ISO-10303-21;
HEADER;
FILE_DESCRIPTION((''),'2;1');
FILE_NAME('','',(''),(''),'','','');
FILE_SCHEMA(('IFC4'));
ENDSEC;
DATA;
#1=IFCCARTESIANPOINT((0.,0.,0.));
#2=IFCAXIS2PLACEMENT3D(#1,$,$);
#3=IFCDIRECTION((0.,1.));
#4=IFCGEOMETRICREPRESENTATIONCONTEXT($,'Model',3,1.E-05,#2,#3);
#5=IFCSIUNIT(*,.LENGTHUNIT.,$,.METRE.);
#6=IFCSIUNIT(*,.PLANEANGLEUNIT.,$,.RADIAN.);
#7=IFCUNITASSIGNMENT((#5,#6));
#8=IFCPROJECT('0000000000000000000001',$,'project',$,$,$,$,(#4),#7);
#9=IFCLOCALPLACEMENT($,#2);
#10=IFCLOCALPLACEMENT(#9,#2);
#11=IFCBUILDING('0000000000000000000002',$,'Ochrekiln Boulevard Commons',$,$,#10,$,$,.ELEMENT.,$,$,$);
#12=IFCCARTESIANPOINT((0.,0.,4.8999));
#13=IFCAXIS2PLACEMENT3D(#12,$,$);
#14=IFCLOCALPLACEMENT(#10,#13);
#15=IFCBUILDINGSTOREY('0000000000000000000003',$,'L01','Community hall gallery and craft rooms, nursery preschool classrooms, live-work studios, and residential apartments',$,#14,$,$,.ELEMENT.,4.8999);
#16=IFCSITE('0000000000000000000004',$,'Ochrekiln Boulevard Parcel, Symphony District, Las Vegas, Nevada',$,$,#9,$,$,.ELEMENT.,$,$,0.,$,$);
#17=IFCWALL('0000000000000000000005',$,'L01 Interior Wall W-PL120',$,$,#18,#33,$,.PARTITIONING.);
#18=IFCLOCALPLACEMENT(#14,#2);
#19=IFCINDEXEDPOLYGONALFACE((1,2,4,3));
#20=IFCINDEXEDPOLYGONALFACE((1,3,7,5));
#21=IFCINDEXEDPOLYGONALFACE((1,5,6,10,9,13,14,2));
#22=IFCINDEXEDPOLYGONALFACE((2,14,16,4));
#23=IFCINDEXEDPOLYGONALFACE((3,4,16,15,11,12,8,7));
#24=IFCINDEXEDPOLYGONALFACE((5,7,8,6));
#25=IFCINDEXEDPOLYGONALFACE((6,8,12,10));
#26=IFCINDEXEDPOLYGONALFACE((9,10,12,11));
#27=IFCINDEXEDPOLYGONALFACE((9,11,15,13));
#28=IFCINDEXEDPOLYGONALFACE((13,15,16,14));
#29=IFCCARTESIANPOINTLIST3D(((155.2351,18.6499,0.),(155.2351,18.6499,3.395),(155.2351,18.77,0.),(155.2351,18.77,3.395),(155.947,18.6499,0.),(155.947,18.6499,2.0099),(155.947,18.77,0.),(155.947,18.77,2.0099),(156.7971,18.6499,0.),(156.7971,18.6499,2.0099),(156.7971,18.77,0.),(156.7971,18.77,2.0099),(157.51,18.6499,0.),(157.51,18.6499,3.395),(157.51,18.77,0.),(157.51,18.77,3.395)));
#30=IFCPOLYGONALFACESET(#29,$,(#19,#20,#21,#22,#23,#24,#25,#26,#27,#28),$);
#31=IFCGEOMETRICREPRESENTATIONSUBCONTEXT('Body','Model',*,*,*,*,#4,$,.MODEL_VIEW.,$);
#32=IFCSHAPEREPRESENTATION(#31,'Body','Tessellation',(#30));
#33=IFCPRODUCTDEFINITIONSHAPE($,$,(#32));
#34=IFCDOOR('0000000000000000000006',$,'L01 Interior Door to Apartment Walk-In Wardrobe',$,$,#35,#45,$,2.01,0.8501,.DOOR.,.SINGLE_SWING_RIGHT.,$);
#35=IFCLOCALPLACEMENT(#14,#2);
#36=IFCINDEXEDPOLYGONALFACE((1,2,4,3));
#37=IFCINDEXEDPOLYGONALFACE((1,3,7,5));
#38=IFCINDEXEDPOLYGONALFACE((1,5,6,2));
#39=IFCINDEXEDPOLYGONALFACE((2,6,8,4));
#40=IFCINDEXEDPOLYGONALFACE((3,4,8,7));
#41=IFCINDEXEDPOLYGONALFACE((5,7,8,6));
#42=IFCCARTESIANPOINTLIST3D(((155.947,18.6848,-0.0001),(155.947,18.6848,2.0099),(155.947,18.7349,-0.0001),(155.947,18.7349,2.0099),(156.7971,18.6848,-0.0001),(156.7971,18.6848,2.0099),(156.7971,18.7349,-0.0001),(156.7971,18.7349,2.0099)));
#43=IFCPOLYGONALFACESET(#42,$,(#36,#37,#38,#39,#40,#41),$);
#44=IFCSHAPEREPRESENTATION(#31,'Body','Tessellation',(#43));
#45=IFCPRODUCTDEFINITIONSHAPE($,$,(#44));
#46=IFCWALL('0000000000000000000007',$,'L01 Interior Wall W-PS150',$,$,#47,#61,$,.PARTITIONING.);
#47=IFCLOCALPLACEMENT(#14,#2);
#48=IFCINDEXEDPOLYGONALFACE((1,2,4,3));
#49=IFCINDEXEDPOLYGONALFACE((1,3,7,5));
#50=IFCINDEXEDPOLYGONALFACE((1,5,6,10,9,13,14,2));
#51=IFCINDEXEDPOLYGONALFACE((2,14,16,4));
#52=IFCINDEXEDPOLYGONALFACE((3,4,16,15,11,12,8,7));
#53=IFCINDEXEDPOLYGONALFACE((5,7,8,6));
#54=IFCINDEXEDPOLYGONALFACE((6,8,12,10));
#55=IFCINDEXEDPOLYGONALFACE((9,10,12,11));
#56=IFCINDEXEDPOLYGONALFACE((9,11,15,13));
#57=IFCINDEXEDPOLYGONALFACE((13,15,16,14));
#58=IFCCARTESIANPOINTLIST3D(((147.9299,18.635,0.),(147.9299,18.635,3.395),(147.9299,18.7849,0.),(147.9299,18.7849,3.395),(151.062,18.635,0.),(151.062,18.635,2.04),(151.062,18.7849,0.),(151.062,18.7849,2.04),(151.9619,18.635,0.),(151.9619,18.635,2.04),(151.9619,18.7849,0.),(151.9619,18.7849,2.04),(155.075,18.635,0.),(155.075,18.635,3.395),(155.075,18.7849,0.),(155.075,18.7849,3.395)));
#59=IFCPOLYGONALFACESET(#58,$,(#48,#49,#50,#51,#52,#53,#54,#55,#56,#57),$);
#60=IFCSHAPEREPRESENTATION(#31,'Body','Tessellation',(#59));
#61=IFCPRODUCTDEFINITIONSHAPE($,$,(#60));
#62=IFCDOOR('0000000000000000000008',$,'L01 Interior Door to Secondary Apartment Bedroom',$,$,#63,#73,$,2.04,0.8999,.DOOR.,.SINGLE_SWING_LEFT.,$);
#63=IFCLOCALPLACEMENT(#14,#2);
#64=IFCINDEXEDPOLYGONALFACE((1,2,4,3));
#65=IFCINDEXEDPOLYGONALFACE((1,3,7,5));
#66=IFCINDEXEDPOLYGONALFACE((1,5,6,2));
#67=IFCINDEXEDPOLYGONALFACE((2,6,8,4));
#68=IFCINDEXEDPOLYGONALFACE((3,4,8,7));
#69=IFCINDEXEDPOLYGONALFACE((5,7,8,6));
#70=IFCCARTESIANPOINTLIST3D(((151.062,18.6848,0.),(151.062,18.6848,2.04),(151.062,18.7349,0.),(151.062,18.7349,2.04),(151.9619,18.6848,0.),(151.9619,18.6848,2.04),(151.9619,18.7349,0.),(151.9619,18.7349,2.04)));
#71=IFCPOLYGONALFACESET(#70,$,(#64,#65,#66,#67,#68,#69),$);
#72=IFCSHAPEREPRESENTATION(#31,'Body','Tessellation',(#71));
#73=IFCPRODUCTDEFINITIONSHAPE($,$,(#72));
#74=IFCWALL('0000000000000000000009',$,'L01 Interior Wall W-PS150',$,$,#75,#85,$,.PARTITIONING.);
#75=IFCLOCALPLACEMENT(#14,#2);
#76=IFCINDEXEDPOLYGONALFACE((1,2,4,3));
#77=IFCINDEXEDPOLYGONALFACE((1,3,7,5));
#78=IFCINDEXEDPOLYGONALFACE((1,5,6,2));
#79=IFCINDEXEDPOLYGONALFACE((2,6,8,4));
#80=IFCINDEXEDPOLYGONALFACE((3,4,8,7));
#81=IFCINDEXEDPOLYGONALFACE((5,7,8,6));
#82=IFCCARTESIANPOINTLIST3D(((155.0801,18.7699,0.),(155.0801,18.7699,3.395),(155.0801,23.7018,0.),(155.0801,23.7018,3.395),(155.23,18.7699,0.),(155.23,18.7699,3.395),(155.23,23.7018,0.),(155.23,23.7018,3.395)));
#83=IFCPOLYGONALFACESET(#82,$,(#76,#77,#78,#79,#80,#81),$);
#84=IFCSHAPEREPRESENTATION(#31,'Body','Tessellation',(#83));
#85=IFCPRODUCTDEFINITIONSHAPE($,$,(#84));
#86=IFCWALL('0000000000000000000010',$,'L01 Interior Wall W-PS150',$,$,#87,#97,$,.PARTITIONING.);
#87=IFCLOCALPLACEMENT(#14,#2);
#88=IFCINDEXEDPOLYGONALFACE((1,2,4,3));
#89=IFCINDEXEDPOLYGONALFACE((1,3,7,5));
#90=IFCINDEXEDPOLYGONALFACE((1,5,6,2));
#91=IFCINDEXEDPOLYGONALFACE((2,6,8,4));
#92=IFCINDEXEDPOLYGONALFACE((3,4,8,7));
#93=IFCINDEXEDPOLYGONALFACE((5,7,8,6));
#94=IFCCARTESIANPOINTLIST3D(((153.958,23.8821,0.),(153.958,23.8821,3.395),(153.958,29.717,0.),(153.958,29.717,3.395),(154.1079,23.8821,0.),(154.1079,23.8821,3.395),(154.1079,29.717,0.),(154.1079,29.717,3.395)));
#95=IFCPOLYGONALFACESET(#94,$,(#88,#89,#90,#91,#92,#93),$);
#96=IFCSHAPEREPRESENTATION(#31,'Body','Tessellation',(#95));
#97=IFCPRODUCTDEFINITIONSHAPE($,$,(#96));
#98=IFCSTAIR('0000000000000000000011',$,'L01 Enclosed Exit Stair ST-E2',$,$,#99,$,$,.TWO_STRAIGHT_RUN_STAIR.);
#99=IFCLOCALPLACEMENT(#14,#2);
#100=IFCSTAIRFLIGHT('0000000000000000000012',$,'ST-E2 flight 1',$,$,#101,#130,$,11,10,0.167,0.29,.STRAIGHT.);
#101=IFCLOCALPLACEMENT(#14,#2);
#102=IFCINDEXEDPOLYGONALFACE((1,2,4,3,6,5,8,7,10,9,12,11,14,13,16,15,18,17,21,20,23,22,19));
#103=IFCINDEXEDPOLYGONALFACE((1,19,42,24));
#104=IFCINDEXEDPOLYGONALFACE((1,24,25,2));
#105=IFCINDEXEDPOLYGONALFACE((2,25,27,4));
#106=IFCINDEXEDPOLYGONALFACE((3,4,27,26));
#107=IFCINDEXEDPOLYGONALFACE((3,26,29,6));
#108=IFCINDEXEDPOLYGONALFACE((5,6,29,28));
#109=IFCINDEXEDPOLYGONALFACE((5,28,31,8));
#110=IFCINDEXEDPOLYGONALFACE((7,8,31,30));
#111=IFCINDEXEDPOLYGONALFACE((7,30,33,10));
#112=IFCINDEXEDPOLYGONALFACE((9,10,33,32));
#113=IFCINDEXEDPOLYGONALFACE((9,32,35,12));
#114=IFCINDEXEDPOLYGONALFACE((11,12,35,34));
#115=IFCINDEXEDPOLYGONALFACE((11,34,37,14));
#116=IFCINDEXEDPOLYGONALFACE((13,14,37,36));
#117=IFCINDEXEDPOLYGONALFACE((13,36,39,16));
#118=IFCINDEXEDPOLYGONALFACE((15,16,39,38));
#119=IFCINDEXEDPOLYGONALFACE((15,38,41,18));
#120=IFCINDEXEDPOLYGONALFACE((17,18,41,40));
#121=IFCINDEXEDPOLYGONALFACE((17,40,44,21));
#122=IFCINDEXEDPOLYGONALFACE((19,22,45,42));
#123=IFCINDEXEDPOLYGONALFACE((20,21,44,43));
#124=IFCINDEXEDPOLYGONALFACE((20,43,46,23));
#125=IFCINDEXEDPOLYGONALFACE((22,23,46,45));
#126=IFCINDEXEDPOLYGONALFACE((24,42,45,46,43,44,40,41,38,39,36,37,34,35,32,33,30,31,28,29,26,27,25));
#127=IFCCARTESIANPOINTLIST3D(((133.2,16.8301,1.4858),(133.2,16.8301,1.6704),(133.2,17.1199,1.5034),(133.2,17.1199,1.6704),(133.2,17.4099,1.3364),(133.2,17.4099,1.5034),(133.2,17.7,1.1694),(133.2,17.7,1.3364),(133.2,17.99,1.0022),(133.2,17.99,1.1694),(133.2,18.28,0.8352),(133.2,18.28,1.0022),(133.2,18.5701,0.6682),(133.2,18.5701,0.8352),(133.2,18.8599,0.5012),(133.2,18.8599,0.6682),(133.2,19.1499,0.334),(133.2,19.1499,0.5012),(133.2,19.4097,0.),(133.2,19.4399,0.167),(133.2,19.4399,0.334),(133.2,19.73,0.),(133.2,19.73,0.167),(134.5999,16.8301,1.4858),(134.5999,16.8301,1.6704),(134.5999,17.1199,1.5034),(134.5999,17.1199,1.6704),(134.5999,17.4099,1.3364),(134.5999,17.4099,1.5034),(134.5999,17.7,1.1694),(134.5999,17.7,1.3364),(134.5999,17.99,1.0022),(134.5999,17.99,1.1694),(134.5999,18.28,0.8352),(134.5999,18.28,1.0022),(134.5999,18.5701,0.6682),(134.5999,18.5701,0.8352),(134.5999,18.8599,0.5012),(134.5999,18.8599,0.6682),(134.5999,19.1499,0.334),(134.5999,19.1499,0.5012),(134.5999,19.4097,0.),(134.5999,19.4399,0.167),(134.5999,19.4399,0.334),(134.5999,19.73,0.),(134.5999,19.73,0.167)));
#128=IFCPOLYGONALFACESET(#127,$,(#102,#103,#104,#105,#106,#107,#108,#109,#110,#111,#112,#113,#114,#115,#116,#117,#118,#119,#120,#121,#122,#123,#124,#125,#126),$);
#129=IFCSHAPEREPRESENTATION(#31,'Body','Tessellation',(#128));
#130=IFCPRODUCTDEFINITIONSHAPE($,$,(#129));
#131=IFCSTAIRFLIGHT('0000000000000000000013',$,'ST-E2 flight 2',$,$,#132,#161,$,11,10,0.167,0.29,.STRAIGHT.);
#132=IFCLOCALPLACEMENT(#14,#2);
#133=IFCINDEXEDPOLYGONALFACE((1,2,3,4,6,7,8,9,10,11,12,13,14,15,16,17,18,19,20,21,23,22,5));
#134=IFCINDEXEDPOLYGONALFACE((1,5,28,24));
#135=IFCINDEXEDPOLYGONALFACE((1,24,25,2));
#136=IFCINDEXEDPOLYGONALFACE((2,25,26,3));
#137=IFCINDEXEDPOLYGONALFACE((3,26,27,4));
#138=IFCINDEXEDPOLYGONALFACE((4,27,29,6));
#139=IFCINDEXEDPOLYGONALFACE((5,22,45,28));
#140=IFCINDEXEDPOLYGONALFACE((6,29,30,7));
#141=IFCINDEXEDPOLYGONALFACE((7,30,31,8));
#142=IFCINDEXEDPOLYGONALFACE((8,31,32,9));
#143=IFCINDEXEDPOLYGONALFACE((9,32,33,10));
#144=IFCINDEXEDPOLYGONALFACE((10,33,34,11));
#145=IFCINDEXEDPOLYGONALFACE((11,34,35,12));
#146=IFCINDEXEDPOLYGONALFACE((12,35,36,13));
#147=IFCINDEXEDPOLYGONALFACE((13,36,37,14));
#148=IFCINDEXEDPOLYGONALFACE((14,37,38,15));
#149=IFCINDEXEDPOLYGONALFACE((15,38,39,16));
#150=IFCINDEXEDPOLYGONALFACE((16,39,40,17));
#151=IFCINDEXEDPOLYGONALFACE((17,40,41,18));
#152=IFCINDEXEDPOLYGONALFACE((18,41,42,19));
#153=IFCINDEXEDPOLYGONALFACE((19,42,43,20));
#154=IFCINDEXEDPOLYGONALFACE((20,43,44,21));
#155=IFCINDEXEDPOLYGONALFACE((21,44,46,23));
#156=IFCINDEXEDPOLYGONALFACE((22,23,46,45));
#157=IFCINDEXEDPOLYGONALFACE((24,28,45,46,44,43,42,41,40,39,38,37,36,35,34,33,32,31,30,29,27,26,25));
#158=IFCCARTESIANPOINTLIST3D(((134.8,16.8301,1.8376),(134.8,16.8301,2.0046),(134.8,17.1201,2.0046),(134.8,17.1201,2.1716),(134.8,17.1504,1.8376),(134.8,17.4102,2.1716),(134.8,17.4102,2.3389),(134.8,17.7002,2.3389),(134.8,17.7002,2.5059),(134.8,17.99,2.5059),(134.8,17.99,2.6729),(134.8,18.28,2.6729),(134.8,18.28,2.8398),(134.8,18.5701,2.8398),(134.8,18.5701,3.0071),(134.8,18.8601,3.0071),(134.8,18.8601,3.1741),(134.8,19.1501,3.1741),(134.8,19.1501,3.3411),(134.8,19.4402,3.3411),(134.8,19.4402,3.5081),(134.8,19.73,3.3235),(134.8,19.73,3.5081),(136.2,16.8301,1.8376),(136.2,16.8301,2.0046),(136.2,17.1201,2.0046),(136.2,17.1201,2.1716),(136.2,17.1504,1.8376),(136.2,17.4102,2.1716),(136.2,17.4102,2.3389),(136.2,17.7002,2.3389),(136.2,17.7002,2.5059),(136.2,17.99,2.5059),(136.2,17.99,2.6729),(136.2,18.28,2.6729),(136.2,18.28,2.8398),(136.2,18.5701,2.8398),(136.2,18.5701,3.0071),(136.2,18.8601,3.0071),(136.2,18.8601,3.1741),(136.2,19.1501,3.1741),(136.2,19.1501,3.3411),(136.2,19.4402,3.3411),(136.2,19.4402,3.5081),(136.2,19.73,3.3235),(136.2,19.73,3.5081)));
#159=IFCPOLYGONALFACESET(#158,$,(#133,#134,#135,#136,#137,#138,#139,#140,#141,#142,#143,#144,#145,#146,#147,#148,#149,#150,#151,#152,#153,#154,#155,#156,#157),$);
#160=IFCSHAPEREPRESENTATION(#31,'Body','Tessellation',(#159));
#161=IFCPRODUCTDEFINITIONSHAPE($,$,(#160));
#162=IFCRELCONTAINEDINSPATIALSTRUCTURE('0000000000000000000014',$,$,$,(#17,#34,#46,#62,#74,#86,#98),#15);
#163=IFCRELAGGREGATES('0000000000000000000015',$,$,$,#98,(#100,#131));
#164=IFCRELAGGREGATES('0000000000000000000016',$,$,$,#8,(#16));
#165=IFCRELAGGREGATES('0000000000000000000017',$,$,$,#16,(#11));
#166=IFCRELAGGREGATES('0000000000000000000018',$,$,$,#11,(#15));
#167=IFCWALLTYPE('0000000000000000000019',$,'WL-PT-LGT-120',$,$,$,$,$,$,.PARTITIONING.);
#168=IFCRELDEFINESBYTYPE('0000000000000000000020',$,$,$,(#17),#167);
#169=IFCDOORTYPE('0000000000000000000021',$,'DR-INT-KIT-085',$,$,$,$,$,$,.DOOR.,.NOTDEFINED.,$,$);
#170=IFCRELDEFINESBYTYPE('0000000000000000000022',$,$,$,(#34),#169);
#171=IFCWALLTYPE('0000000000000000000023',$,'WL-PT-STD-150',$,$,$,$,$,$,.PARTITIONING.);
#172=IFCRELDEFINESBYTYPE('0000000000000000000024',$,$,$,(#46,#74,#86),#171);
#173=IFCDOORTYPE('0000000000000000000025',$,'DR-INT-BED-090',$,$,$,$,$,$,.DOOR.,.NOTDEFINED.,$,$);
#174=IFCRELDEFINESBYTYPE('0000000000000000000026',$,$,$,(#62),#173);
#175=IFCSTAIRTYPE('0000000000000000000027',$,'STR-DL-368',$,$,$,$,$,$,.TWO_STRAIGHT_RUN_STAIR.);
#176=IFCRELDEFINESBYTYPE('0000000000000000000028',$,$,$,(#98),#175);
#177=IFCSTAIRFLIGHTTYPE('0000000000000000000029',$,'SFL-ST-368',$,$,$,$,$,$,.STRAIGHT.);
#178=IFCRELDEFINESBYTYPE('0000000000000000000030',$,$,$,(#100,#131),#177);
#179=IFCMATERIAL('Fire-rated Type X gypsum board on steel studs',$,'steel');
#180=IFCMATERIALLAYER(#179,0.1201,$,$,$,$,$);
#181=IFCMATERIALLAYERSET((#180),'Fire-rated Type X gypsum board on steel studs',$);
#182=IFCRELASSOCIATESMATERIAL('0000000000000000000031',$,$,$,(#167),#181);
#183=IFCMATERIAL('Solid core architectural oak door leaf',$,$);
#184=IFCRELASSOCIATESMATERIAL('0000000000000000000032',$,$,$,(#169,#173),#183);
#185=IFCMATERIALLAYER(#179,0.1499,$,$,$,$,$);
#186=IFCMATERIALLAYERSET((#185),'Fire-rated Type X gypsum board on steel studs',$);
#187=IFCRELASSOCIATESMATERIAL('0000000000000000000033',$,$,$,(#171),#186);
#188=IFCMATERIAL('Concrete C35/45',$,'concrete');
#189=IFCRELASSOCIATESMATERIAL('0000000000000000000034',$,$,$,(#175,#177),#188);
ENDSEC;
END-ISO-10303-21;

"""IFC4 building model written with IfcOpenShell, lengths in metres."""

from ifc_helpers import new_model, si_unit, direction, frame, frame_2d, origin, place, context, subcontext, project, spatial, polyline, rectangle, outline, extrude, material, layer, layer_set, type_object, element, fill, aggregate, save


model = new_model("IFC4")

# Units and contexts
model_context = context("Model", 3, precision=1e-05, world=origin(), true_north=direction((0.0, 1.0)))
body_context = subcontext(model_context, "Body", "Model", "MODEL_VIEW")
ifc_project = project(units=[si_unit("LENGTHUNIT", "METRE"), si_unit("PLANEANGLEUNIT", "RADIAN")], contexts=[model_context])

# Site, building, storey
site_placement = place(None, origin())
site = spatial("IfcSite", under=ifc_project, at=site_placement, Name="Ochrekiln Boulevard Parcel, Symphony District, Las Vegas, Nevada", CompositionType="ELEMENT", RefElevation=0.0)
building_placement = place(site_placement, origin())
building = spatial("IfcBuilding", under=site, at=building_placement, Name="Ochrekiln Boulevard Commons", CompositionType="ELEMENT")
storey_placement = place(building_placement, frame((0.0, 0.0, 4.8999)))
storey = spatial("IfcBuildingStorey", under=building, at=storey_placement, Name="L01", Description="Community hall gallery and craft rooms, nursery preschool classrooms, live-work studios, and residential apartments", CompositionType="ELEMENT", Elevation=4.8999)

# Shared definitions
ifc_material_1 = material(Name="Concrete C35/45", Category="concrete")

# Shared definitions
ifc_material_2 = material(Name="Fire-rated Type X gypsum board on steel studs", Category="steel")
ifc_material_3 = material(Name="Solid core architectural oak door leaf")

# Walls, openings, doors
ifc_layer_1 = layer(ifc_material_2, 0.1201)
ifc_layer_set_1 = layer_set([ifc_layer_1], Name="Fire-rated Type X gypsum board on steel studs")
wall_type_1 = type_object("IfcWallType", Name="WL-PT-LGT-120", PredefinedType="PARTITIONING", material=ifc_layer_set_1)
wall_1_placement = place(storey_placement, frame((155.2351, 18.71, 0.0), z_axis=(0.0, 0.0, 1.0), x_axis=(1.0, 0.0, 0.0)))
wall_1 = element("IfcWall", 1, at=wall_1_placement, inside=storey, type_object=wall_type_1, Name="L01 Interior Wall W-PL120", PredefinedType="PARTITIONING", context=body_context, shape_type="SweptSolid", body=[
    extrude(rectangle(XDim=2.2749, YDim=0.1201, at=frame_2d((1.1375, 0.0))), origin(), (0.0, 0.0, 1.0), 3.395),
])
opening_1_placement = place(wall_1_placement, frame((0.7119, 0.0, 0.0)))
opening_1 = element("IfcOpeningElement", 2, at=opening_1_placement, cuts=wall_1, PredefinedType="OPENING", context=body_context, shape_type="SweptSolid", body=[
    extrude(rectangle(XDim=0.8501, YDim=2.01, at=frame_2d((0.425, 1.0049))), frame((0.0, 0.0701, 0.0), z_axis=(0.0, -1.0, 0.0), x_axis=(1.0, 0.0, 0.0)), (0.0, 0.0, 1.0), 0.1401),
])
door_type_1 = type_object("IfcDoorType", Name="DR-INT-KIT-085", OperationType="NOTDEFINED", PredefinedType="DOOR", material=ifc_material_3)
door_1_placement = place(opening_1_placement, origin())
door_1 = element("IfcDoor", 3, at=door_1_placement, inside=storey, type_object=door_type_1, Name="L01 Interior Door to Apartment Walk-In Wardrobe", OperationType="SINGLE_SWING_RIGHT", OverallHeight=2.01, OverallWidth=0.8501, PredefinedType="DOOR", context=body_context, shape_type="SweptSolid", body=[
    extrude(rectangle(XDim=0.8501, YDim=2.01, at=frame_2d((0.425, 1.0049))), frame((0.0, 0.0249, 0.0), z_axis=(0.0, -1.0, 0.0), x_axis=(1.0, 0.0, 0.0)), (0.0, 0.0, 1.0), 0.05),
])
fill(opening_1, door_1)
ifc_layer_2 = layer(ifc_material_2, 0.1499)
ifc_layer_set_2 = layer_set([ifc_layer_2], Name="Fire-rated Type X gypsum board on steel studs")
wall_type_2 = type_object("IfcWallType", Name="WL-PT-STD-150", PredefinedType="PARTITIONING", material=ifc_layer_set_2)
wall_2_placement = place(storey_placement, frame((147.9299, 18.71, 0.0), z_axis=(0.0, 0.0, 1.0), x_axis=(1.0, 0.0, 0.0)))
wall_2 = element("IfcWall", 4, at=wall_2_placement, inside=storey, type_object=wall_type_2, Name="L01 Interior Wall W-PS150", PredefinedType="PARTITIONING", context=body_context, shape_type="SweptSolid", body=[
    extrude(rectangle(XDim=7.145, YDim=0.1499, at=frame_2d((3.5725, 0.0))), origin(), (0.0, 0.0, 1.0), 3.395),
])
opening_2_placement = place(wall_2_placement, frame((3.1321, 0.0, 0.0)))
opening_2 = element("IfcOpeningElement", 5, at=opening_2_placement, cuts=wall_2, PredefinedType="OPENING", context=body_context, shape_type="SweptSolid", body=[
    extrude(rectangle(XDim=0.8999, YDim=2.04, at=frame_2d((0.45, 1.02))), frame((0.0, 0.085, 0.0), z_axis=(0.0, -1.0, 0.0), x_axis=(1.0, 0.0, 0.0)), (0.0, 0.0, 1.0), 0.1699),
])
door_type_2 = type_object("IfcDoorType", Name="DR-INT-BED-090", OperationType="NOTDEFINED", PredefinedType="DOOR", material=ifc_material_3)
door_2_placement = place(opening_2_placement, origin())
door_2 = element("IfcDoor", 6, at=door_2_placement, inside=storey, type_object=door_type_2, Name="L01 Interior Door to Secondary Apartment Bedroom", OperationType="SINGLE_SWING_LEFT", OverallHeight=2.04, OverallWidth=0.8999, PredefinedType="DOOR", context=body_context, shape_type="SweptSolid", body=[
    extrude(rectangle(XDim=0.8999, YDim=2.04, at=frame_2d((0.45, 1.02))), frame((0.0, 0.0249, 0.0), z_axis=(0.0, -1.0, 0.0), x_axis=(1.0, 0.0, 0.0)), (0.0, 0.0, 1.0), 0.05),
])
fill(opening_2, door_2)

# Walls
wall_3_placement = place(storey_placement, frame((155.155, 18.77, 0.0), z_axis=(0.0, 0.0, 1.0), x_axis=(0.0, 1.0, 0.0)))
element("IfcWall", 7, at=wall_3_placement, inside=storey, type_object=wall_type_2, Name="L01 Interior Wall W-PS150", PredefinedType="PARTITIONING", context=body_context, shape_type="SweptSolid", body=[
    extrude(rectangle(XDim=4.9319, YDim=0.1499, at=frame_2d((2.4658, 0.0))), origin(), (0.0, 0.0, 1.0), 3.395),
])
wall_4_placement = place(storey_placement, frame((154.033, 23.8821, 0.0), z_axis=(0.0, 0.0, 1.0), x_axis=(0.0, 1.0, 0.0)))
element("IfcWall", 8, at=wall_4_placement, inside=storey, type_object=wall_type_2, Name="L01 Interior Wall W-PS150", PredefinedType="PARTITIONING", context=body_context, shape_type="SweptSolid", body=[
    extrude(rectangle(XDim=5.835, YDim=0.1499, at=frame_2d((2.9175, 0.0))), origin(), (0.0, 0.0, 1.0), 3.395),
])

# Stair, stair flights
stair_type = type_object("IfcStairType", Name="STR-DL-368", PredefinedType="TWO_STRAIGHT_RUN_STAIR", material=ifc_material_1)
stair_placement = place(storey_placement, origin())
stair = element("IfcStair", 9, at=stair_placement, inside=storey, type_object=stair_type, Name="L01 Enclosed Exit Stair ST-E2", PredefinedType="TWO_STRAIGHT_RUN_STAIR")
stair_flight_type = type_object("IfcStairFlightType", Name="SFL-ST-368", PredefinedType="STRAIGHT", material=ifc_material_1)
stair_flight_1_placement = place(storey_placement, frame((133.8999, 19.73, 0.0), z_axis=(0.0, 0.0, 1.0), x_axis=(0.0, -1.0, 0.0)))
stair_flight_1 = element("IfcStairFlight", 10, at=stair_flight_1_placement, type_object=stair_flight_type, Name="ST-E2 flight 1", NumberOfRisers=11, NumberOfTreads=10, PredefinedType="STRAIGHT", RiserHeight=0.167, TreadLength=0.29, context=body_context, shape_type="SweptSolid", body=[
    extrude(outline(polyline([(0.0, 0.0), (0.0, 0.167), (0.29, 0.167), (0.29, 0.334), (0.5801, 0.334), (0.5801, 0.5012), (0.8701, 0.5012), (0.8701, 0.6682), (1.1599, 0.6682), (1.1599, 0.8352), (1.45, 0.8352), (1.45, 1.0022), (1.74, 1.0022), (1.74, 1.1694), (2.03, 1.1694), (2.03, 1.3364), (2.3201, 1.3364), (2.3201, 1.5034), (2.6101, 1.5034), (2.6101, 1.6704), (2.8999, 1.6704), (2.8999, 1.8374), (2.8999, 1.4858), (0.3203, 0.0), (0.0, 0.0)])), frame((0.0, 0.7, 0.0), z_axis=(0.0, -1.0, 0.0), x_axis=(1.0, 0.0, 0.0)), (0.0, 0.0, 1.0), 1.3999),
])
stair_flight_2_placement = place(storey_placement, frame((135.5, 16.8301, 1.8376), z_axis=(0.0, 0.0, 1.0), x_axis=(0.0, 1.0, 0.0)))
stair_flight_2 = element("IfcStairFlight", 11, at=stair_flight_2_placement, type_object=stair_flight_type, Name="ST-E2 flight 2", NumberOfRisers=11, NumberOfTreads=10, PredefinedType="STRAIGHT", RiserHeight=0.167, TreadLength=0.29, context=body_context, shape_type="SweptSolid", body=[
    extrude(outline(polyline([(0.0, 0.0), (0.0, 0.167), (0.29, 0.167), (0.29, 0.334), (0.5801, 0.334), (0.5801, 0.5012), (0.8701, 0.5012), (0.8701, 0.6682), (1.1599, 0.6682), (1.1599, 0.8352), (1.45, 0.8352), (1.45, 1.0022), (1.74, 1.0022), (1.74, 1.1694), (2.03, 1.1694), (2.03, 1.3364), (2.3201, 1.3364), (2.3201, 1.5034), (2.6101, 1.5034), (2.6101, 1.6704), (2.8999, 1.6704), (2.8999, 1.8374), (2.8999, 1.4858), (0.3203, 0.0), (0.0, 0.0)])), frame((0.0, 0.7, 0.0), z_axis=(0.0, -1.0, 0.0), x_axis=(1.0, 0.0, 0.0)), (0.0, 0.0, 1.0), 1.3999),
])
aggregate(stair, [stair_flight_1, stair_flight_2])

save(model, "model.ifc")
